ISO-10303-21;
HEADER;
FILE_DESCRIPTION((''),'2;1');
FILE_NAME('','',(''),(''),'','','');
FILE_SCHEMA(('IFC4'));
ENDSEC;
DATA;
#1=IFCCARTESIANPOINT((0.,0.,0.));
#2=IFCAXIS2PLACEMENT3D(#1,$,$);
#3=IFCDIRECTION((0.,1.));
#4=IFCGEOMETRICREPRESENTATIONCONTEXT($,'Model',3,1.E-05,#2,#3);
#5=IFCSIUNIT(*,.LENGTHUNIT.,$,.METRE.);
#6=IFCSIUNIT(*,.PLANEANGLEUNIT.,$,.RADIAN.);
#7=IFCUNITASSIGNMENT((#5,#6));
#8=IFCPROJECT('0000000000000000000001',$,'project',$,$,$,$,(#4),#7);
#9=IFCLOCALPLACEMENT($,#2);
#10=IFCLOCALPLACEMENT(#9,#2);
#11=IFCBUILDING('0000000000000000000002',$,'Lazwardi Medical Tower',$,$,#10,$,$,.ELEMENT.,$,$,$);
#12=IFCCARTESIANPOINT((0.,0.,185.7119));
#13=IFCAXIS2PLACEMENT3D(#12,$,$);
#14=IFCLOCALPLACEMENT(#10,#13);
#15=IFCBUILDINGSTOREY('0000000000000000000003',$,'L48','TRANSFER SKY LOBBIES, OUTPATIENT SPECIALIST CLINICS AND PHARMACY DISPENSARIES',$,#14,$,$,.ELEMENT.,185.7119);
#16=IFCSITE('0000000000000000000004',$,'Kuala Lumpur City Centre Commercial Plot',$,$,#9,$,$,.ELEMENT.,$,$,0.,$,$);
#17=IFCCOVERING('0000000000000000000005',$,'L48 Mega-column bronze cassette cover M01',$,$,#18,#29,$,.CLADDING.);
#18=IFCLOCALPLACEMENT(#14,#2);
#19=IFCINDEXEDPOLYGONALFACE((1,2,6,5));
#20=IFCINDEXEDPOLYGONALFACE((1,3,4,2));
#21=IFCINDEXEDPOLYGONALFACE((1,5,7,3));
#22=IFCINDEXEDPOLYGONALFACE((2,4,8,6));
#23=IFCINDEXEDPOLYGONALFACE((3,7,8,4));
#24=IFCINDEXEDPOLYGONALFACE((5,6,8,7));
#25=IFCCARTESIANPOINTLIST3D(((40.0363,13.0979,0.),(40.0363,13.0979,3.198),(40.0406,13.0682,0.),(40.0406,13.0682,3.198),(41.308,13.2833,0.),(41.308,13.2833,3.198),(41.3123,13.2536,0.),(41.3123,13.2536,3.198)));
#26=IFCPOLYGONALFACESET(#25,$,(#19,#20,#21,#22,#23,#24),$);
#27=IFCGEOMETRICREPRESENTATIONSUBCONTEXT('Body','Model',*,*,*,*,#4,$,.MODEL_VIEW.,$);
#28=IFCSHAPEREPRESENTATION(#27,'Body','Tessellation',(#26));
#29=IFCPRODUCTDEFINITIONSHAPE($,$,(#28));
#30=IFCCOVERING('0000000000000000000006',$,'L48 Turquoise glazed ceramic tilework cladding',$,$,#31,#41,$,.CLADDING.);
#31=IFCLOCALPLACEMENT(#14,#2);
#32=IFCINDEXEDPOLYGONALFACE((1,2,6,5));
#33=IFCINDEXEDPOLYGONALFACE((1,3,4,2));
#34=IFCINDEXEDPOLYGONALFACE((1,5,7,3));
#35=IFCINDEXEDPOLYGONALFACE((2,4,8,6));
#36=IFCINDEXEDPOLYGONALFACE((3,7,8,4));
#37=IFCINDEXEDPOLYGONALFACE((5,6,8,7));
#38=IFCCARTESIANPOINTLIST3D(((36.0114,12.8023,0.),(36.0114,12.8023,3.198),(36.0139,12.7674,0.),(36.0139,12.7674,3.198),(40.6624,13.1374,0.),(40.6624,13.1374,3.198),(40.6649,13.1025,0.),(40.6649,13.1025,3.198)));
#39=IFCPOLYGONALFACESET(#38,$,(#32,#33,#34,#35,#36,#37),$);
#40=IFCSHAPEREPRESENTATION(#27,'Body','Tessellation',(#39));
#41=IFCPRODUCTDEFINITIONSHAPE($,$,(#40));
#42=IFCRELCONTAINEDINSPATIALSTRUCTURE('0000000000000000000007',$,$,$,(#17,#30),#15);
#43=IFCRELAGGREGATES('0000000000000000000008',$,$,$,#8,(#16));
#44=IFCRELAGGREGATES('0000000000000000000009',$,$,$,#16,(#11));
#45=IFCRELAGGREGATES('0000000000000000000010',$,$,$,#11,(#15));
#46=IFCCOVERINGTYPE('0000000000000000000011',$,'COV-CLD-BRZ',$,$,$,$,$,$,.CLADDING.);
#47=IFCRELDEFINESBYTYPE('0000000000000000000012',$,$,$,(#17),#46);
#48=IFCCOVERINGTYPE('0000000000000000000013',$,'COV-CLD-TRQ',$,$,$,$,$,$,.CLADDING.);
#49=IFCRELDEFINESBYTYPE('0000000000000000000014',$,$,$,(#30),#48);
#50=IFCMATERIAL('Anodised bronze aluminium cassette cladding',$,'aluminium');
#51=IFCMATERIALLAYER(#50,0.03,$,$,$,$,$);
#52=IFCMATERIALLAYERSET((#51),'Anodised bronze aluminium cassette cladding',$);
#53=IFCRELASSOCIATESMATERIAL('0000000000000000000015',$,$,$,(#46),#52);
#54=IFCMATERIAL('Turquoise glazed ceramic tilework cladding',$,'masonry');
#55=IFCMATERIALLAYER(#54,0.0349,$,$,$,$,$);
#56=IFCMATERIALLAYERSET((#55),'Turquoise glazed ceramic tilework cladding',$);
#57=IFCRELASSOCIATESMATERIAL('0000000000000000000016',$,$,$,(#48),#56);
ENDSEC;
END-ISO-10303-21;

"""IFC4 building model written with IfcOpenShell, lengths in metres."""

from ifc_helpers import new_model, si_unit, direction, frame, origin, origin_2d, place, context, subcontext, project, spatial, rectangle, extrude, material, layer, layer_set, type_object, element, save


model = new_model("IFC4")

# Units and contexts
model_context = context("Model", 3, precision=1e-05, world=origin(), true_north=direction((0.0, 1.0)))
body_context = subcontext(model_context, "Body", "Model", "MODEL_VIEW")
ifc_project = project(units=[si_unit("LENGTHUNIT", "METRE"), si_unit("PLANEANGLEUNIT", "RADIAN")], contexts=[model_context])

# Site, building, storey
site_placement = place(None, origin())
site = spatial("IfcSite", under=ifc_project, at=site_placement, Name="Kuala Lumpur City Centre Commercial Plot", CompositionType="ELEMENT", RefElevation=0.0)
building_placement = place(site_placement, origin())
building = spatial("IfcBuilding", under=site, at=building_placement, Name="Lazwardi Medical Tower", CompositionType="ELEMENT")
storey_placement = place(building_placement, frame((0.0, 0.0, 185.7119)))
storey = spatial("IfcBuildingStorey", under=building, at=storey_placement, Name="L48", Description="TRANSFER SKY LOBBIES, OUTPATIENT SPECIALIST CLINICS AND PHARMACY DISPENSARIES", CompositionType="ELEMENT", Elevation=185.7119)

# Coverings
ifc_material_1 = material(Name="Anodised bronze aluminium cassette cladding", Category="aluminium")
ifc_layer_1 = layer(ifc_material_1, 0.03)
ifc_layer_set_1 = layer_set([ifc_layer_1], Name="Anodised bronze aluminium cassette cladding")
covering_type_1 = type_object("IfcCoveringType", Name="COV-CLD-BRZ", PredefinedType="CLADDING", material=ifc_layer_set_1)
covering_1_placement = place(storey_placement, frame((40.6743, 13.1758, 0.0), z_axis=(0.0, 0.0, 1.0), x_axis=(0.989539, 0.144265, 0.0)))
element("IfcCovering", 1, at=covering_1_placement, inside=storey, type_object=covering_type_1, Name="L48 Mega-column bronze cassette cover M01", PredefinedType="CLADDING", context=body_context, shape_type="SweptSolid", body=[
    extrude(rectangle(XDim=1.2852, YDim=0.03, at=origin_2d()), origin(), (0.0, 0.0, 1.0), 3.198),
])
ifc_material_2 = material(Name="Turquoise glazed ceramic tilework cladding", Category="masonry")
ifc_layer_2 = layer(ifc_material_2, 0.0349)
ifc_layer_set_2 = layer_set([ifc_layer_2], Name="Turquoise glazed ceramic tilework cladding")
covering_type_2 = type_object("IfcCoveringType", Name="COV-CLD-TRQ", PredefinedType="CLADDING", material=ifc_layer_set_2)
covering_2_placement = place(storey_placement, frame((38.3381, 12.9524, 0.0), z_axis=(0.0, 0.0, 1.0), x_axis=(0.997415, 0.071863, 0.0)))
element("IfcCovering", 2, at=covering_2_placement, inside=storey, type_object=covering_type_2, Name="L48 Turquoise glazed ceramic tilework cladding", PredefinedType="CLADDING", context=body_context, shape_type="SweptSolid", body=[
    extrude(rectangle(XDim=4.6631, YDim=0.0349, at=origin_2d()), origin(), (0.0, 0.0, 1.0), 3.198),
])

save(model, "model.ifc")
